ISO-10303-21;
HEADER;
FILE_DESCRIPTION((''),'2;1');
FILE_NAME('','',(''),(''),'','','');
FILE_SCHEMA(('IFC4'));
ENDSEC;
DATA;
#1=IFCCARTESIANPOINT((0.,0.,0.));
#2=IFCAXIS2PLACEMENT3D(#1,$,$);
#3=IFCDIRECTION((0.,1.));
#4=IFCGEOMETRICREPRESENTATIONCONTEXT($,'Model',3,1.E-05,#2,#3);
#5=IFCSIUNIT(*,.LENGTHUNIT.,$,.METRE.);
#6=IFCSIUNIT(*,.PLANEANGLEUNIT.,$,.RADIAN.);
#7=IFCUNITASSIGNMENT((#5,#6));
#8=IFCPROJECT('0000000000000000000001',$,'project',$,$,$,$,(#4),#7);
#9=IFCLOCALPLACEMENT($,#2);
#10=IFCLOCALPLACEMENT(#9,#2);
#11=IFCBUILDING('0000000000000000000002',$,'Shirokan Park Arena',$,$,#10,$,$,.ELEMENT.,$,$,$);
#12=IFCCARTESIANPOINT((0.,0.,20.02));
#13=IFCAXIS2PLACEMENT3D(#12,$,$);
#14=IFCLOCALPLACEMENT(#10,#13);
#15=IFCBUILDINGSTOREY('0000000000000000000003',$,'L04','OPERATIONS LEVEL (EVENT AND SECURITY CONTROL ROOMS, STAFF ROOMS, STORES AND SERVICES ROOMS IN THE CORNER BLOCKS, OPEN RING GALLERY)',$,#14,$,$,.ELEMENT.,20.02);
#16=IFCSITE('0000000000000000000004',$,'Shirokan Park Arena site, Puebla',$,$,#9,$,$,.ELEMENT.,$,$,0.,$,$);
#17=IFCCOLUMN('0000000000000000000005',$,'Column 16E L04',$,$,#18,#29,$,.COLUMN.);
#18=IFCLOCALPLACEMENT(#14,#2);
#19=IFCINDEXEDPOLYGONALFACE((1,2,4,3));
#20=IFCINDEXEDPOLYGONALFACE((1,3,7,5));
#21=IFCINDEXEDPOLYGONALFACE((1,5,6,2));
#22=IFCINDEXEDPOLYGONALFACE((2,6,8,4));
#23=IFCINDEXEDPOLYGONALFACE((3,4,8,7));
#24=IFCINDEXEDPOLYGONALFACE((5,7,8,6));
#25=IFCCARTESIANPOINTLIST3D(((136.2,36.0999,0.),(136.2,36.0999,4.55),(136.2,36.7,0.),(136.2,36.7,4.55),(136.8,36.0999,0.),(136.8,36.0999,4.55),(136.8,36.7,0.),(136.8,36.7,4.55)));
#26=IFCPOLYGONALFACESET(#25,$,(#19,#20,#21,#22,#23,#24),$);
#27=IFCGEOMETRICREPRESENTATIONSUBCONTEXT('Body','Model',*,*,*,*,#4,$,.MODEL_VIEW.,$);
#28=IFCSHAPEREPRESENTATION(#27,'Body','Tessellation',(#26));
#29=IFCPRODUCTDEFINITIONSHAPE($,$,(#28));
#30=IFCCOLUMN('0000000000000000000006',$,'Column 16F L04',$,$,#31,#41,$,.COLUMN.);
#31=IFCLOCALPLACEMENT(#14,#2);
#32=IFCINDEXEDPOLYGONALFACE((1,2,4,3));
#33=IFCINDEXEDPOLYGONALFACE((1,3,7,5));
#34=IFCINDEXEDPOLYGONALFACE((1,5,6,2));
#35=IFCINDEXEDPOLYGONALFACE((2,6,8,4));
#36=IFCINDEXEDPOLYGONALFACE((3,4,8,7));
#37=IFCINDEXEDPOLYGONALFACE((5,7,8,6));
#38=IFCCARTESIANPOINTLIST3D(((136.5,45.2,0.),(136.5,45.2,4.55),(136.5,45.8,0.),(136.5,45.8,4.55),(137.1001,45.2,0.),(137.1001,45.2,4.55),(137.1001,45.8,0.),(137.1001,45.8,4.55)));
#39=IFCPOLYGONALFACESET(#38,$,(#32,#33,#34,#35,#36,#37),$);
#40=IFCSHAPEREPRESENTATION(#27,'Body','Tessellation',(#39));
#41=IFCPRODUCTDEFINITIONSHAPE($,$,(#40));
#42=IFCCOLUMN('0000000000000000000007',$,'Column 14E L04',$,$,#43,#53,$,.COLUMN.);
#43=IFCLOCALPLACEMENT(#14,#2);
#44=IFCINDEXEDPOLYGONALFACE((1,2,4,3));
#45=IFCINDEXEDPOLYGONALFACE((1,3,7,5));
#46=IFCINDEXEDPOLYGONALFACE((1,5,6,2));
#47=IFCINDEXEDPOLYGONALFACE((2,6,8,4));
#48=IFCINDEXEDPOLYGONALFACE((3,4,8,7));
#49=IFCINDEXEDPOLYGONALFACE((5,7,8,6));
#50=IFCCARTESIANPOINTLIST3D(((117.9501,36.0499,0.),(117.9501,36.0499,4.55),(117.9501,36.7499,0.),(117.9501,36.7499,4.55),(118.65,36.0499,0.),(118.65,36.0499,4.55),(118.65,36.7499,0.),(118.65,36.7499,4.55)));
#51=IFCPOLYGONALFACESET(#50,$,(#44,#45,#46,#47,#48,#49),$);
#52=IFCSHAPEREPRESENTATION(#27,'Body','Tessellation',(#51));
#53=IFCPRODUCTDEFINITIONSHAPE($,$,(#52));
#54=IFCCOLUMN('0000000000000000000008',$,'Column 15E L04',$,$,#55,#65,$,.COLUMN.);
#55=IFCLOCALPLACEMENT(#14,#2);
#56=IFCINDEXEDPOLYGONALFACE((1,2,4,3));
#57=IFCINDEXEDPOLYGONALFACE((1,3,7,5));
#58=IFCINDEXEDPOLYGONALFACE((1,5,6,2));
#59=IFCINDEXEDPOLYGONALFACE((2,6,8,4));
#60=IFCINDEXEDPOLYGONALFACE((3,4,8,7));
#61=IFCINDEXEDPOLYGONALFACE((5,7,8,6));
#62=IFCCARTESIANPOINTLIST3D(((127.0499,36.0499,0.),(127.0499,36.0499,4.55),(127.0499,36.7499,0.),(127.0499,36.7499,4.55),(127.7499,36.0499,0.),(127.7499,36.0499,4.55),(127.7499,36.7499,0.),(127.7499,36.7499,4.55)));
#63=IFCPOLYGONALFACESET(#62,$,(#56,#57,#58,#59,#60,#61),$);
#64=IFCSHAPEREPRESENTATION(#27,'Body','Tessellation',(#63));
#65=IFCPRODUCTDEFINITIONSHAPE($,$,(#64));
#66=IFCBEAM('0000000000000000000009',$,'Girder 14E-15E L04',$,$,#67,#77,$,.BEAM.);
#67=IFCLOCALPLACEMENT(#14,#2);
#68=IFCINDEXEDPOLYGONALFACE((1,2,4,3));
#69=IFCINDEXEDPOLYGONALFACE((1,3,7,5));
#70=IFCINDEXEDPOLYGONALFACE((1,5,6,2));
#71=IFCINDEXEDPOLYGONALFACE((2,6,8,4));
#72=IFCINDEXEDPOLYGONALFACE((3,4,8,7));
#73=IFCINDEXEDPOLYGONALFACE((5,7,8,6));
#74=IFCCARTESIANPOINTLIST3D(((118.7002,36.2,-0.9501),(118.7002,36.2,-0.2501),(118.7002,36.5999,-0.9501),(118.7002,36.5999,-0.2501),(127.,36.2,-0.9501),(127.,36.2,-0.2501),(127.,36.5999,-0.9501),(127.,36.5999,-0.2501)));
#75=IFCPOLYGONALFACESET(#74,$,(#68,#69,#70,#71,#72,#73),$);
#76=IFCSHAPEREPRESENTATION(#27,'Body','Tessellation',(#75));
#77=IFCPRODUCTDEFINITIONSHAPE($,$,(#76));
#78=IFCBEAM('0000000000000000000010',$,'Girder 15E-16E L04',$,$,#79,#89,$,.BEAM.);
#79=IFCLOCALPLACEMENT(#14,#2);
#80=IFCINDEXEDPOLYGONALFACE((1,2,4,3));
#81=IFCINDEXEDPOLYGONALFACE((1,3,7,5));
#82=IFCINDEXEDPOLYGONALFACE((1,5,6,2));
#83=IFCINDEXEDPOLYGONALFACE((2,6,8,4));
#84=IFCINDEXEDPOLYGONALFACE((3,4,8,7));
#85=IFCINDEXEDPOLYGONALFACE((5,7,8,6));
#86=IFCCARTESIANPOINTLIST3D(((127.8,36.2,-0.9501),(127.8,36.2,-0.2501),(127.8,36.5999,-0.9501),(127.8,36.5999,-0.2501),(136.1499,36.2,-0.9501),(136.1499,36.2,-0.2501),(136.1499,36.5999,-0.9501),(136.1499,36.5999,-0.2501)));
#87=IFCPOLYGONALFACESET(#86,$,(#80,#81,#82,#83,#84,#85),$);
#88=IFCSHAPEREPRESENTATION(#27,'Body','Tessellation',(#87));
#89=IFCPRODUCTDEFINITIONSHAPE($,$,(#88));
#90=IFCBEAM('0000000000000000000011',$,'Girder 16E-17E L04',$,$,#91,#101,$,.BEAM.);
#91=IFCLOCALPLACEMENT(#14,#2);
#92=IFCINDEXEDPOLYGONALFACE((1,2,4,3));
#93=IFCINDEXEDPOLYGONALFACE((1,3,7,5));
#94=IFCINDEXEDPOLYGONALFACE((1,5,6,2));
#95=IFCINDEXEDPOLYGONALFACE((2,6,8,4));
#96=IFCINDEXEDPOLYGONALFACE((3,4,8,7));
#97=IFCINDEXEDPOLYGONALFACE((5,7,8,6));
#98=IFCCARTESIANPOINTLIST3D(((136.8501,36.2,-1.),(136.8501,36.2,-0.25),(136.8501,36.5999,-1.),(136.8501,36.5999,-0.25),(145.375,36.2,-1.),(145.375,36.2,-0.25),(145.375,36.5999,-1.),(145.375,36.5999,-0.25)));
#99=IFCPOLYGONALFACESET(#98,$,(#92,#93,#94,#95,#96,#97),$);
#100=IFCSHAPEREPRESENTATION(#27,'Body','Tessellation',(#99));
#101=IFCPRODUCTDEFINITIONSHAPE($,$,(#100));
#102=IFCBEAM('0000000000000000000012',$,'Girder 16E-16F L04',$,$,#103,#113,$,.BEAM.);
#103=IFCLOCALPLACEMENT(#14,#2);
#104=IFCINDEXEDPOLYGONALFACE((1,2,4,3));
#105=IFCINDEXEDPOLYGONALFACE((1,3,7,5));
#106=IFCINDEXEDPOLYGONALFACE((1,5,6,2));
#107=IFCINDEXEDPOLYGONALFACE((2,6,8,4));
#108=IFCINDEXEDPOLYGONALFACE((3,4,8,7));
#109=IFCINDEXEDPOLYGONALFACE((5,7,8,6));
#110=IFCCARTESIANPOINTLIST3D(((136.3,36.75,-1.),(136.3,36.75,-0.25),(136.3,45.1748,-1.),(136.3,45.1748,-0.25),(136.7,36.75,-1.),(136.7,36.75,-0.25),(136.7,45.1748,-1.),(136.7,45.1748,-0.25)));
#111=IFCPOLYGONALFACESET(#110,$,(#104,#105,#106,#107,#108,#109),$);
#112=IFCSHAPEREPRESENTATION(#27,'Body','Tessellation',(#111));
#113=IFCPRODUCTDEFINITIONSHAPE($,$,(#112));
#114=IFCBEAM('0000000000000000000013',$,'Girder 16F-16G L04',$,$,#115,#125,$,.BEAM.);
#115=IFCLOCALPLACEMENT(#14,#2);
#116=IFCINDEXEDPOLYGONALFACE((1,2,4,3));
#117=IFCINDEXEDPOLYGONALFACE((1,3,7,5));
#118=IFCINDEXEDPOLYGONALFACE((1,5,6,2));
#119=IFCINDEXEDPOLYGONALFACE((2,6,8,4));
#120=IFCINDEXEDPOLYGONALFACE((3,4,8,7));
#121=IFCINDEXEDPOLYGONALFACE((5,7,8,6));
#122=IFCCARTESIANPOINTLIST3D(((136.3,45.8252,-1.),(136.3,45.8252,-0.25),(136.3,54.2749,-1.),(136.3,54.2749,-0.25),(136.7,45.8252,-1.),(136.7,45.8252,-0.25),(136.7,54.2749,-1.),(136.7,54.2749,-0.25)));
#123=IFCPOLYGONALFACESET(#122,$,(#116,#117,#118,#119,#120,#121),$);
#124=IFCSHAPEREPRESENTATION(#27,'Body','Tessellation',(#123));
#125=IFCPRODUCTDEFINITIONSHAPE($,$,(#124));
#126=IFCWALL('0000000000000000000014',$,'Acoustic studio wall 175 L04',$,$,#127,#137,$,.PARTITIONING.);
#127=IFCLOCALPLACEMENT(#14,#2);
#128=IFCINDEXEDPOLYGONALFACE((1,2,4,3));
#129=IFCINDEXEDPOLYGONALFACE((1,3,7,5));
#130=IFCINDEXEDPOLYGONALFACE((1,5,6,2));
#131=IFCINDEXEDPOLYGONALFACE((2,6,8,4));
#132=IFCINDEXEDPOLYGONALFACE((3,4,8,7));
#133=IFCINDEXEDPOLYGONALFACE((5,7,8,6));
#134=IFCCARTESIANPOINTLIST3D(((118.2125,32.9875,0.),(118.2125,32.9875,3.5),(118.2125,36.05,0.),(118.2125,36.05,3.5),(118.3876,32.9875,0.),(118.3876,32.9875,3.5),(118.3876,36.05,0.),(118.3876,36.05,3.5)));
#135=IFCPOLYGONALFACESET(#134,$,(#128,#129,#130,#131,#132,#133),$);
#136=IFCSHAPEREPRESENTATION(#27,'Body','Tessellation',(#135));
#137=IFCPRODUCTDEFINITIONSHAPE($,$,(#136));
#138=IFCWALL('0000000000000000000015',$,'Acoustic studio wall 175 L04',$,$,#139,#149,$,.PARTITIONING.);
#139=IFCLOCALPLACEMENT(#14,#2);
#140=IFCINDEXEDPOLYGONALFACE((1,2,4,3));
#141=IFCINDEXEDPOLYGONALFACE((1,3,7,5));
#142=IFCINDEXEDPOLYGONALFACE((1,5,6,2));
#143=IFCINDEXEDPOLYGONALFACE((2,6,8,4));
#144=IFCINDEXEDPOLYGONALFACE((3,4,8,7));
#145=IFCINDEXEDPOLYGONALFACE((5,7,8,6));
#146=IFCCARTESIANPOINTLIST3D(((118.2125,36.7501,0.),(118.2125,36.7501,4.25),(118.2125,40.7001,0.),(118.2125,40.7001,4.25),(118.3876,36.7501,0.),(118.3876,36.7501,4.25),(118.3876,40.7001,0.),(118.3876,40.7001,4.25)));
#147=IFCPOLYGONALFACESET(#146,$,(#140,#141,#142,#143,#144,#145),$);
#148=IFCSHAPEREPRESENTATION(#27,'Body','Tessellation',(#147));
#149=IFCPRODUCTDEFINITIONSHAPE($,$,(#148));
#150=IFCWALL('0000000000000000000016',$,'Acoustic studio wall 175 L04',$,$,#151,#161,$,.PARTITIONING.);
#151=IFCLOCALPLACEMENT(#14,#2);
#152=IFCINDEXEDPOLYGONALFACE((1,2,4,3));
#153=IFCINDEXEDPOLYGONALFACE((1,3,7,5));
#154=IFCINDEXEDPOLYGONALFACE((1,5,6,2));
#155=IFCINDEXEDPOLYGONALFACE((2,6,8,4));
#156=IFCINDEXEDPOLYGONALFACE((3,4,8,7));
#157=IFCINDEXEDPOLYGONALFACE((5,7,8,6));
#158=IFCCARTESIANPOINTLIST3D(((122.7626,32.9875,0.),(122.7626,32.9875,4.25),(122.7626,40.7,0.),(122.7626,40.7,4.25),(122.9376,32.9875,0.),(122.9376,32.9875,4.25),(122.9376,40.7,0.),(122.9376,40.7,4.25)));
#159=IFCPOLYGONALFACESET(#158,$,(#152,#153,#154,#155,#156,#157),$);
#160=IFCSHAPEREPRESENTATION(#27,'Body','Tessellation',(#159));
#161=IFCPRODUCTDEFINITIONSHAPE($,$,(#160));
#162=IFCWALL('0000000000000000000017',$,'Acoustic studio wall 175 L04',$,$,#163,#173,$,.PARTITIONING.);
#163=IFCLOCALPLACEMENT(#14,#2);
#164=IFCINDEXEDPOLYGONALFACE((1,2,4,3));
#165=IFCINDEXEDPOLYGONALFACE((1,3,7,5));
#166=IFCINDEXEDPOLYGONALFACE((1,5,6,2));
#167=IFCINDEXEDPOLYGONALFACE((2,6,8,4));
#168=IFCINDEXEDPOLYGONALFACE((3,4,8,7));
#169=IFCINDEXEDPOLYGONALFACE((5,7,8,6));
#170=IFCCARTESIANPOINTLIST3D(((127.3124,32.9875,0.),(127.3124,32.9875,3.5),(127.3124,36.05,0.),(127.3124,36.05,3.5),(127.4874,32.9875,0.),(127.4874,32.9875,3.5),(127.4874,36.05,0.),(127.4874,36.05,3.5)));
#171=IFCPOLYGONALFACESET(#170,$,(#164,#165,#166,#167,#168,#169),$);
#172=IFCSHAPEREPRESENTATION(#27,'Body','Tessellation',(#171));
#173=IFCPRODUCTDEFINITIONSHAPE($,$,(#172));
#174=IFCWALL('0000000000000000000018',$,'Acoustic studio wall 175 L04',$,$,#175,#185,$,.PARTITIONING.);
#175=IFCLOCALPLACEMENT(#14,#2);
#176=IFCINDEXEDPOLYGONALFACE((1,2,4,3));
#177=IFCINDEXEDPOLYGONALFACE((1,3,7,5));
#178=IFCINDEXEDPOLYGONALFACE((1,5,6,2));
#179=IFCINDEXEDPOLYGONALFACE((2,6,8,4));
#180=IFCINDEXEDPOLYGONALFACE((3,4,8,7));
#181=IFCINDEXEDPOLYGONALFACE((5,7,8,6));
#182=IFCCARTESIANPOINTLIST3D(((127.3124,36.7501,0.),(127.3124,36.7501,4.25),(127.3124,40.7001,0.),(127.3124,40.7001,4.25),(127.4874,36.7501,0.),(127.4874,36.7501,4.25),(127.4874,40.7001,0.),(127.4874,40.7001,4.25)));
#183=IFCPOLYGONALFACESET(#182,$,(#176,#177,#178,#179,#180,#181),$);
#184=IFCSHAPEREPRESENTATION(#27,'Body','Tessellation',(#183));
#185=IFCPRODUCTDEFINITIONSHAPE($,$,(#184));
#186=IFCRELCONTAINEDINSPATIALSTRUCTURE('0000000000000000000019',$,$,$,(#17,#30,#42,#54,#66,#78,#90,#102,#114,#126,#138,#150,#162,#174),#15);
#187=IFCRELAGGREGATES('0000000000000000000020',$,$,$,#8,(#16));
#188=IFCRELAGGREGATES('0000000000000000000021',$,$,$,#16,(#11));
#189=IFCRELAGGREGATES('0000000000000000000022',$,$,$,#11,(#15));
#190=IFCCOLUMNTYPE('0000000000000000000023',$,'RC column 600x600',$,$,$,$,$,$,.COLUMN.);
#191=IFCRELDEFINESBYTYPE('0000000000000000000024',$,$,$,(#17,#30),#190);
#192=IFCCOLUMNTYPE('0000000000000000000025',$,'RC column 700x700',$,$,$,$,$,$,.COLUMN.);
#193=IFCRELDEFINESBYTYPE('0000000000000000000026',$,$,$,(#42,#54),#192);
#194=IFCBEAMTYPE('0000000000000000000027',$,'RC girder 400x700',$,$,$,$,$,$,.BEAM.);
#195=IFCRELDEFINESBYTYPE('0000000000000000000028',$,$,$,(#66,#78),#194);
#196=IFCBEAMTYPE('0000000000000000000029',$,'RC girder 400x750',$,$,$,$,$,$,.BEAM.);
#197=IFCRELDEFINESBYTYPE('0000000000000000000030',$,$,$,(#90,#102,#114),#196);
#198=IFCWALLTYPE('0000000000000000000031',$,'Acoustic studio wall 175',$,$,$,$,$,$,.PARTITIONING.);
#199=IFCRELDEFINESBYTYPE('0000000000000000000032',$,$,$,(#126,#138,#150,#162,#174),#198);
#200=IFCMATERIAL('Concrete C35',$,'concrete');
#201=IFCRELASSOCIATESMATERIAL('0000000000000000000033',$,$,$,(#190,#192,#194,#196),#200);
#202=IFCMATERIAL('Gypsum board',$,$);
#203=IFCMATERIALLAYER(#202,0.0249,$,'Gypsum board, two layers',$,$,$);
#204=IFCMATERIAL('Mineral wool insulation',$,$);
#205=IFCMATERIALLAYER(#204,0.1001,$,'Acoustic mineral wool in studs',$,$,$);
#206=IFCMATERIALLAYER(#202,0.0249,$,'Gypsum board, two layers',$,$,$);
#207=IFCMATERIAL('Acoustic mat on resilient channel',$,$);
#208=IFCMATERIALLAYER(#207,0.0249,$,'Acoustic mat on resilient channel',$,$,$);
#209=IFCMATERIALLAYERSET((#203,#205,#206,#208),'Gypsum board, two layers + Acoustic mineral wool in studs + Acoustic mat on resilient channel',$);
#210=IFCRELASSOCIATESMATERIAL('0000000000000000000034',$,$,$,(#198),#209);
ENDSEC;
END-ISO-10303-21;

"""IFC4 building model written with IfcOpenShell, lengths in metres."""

from ifc_helpers import new_model, si_unit, direction, frame, frame_2d, origin, origin_2d, place, context, subcontext, project, spatial, rectangle, extrude, material, layer, layer_set, material_profile, profile_set, type_object, element, save


model = new_model("IFC4")

# Units and contexts
model_context = context("Model", 3, precision=1e-05, world=origin(), true_north=direction((0.0, 1.0)))
body_context = subcontext(model_context, "Body", "Model", "MODEL_VIEW")
ifc_project = project(units=[si_unit("LENGTHUNIT", "METRE"), si_unit("PLANEANGLEUNIT", "RADIAN")], contexts=[model_context])

# Site, building, storey
site_placement = place(None, origin())
site = spatial("IfcSite", under=ifc_project, at=site_placement, Name="Shirokan Park Arena site, Puebla", CompositionType="ELEMENT", RefElevation=0.0)
building_placement = place(site_placement, origin())
building = spatial("IfcBuilding", under=site, at=building_placement, Name="Shirokan Park Arena", CompositionType="ELEMENT")
storey_placement = place(building_placement, frame((0.0, 0.0, 20.02)))
storey = spatial("IfcBuildingStorey", under=building, at=storey_placement, Name="L04", Description="OPERATIONS LEVEL (EVENT AND SECURITY CONTROL ROOMS, STAFF ROOMS, STORES AND SERVICES ROOMS IN THE CORNER BLOCKS, OPEN RING GALLERY)", CompositionType="ELEMENT", Elevation=20.02)

# Columns
ifc_material_1 = material(Name="Concrete C35", Category="concrete")
ifc_material_profile_1 = material_profile(ifc_material_1, rectangle(XDim=0.6001, YDim=0.6001, at=origin_2d()), Name="600x600")
ifc_profile_set_1 = profile_set([ifc_material_profile_1], Name="Concrete C35")
column_type_1 = type_object("IfcColumnType", Name="RC column 600x600", PredefinedType="COLUMN", material=ifc_profile_set_1)
for number, where, z_axis, x_axis, name in (
    (1, (136.5, 36.3999, 0.0), (0.0, 0.0, 1.0), (1.0, 0.0, 0.0), "Column 16E L04"),
    (2, (136.8, 45.5, 0.0), (0.0, 0.0, 1.0), (1.0, 0.0, 0.0), "Column 16F L04"),
):
    element("IfcColumn", number, at=place(storey_placement, frame(where, z_axis=z_axis, x_axis=x_axis)), inside=storey, type_object=column_type_1, Name=name, PredefinedType="COLUMN", context=body_context, shape_type="SweptSolid", body=[
        extrude(rectangle(XDim=0.6001, YDim=0.6001, at=origin_2d()), origin(), (0.0, 0.0, 1.0), 4.55),
    ])
ifc_material_profile_2 = material_profile(ifc_material_1, rectangle(XDim=0.7, YDim=0.7, at=origin_2d()), Name="700x700")
ifc_profile_set_2 = profile_set([ifc_material_profile_2], Name="Concrete C35")
column_type_2 = type_object("IfcColumnType", Name="RC column 700x700", PredefinedType="COLUMN", material=ifc_profile_set_2)
for number, where, z_axis, x_axis, name in (
    (3, (118.3, 36.3999, 0.0), (0.0, 0.0, 1.0), (1.0, 0.0, 0.0), "Column 14E L04"),
    (4, (127.3999, 36.3999, 0.0), (0.0, 0.0, 1.0), (1.0, 0.0, 0.0), "Column 15E L04"),
):
    element("IfcColumn", number, at=place(storey_placement, frame(where, z_axis=z_axis, x_axis=x_axis)), inside=storey, type_object=column_type_2, Name=name, PredefinedType="COLUMN", context=body_context, shape_type="SweptSolid", body=[
        extrude(rectangle(XDim=0.7, YDim=0.7, at=origin_2d()), origin(), (0.0, 0.0, 1.0), 4.55),
    ])

# Beams
ifc_material_profile_3 = material_profile(ifc_material_1, rectangle(XDim=0.3999, YDim=0.7, at=origin_2d()), Name="400x700")
ifc_profile_set_3 = profile_set([ifc_material_profile_3], Name="Concrete C35")
beam_type_1 = type_object("IfcBeamType", Name="RC girder 400x700", PredefinedType="BEAM", material=ifc_profile_set_3)
beam_1_placement = place(storey_placement, frame((118.7002, 36.3999, -0.6001), z_axis=(1.0, 0.0, 0.0), x_axis=(0.0, 1.0, 0.0)))
element("IfcBeam", 5, at=beam_1_placement, inside=storey, type_object=beam_type_1, Name="Girder 14E-15E L04", PredefinedType="BEAM", context=body_context, shape_type="SweptSolid", body=[
    extrude(rectangle(XDim=0.3999, YDim=0.7, at=origin_2d()), origin(), (0.0, 0.0, 1.0), 8.2998),
])
beam_2_placement = place(storey_placement, frame((127.8, 36.3999, -0.6001), z_axis=(1.0, 0.0, 0.0), x_axis=(0.0, 1.0, 0.0)))
element("IfcBeam", 6, at=beam_2_placement, inside=storey, type_object=beam_type_1, Name="Girder 15E-16E L04", PredefinedType="BEAM", context=body_context, shape_type="SweptSolid", body=[
    extrude(rectangle(XDim=0.3999, YDim=0.7, at=origin_2d()), origin(), (0.0, 0.0, 1.0), 8.3499),
])
ifc_material_profile_4 = material_profile(ifc_material_1, rectangle(XDim=0.3999, YDim=0.75, at=origin_2d()), Name="400x750")
ifc_profile_set_4 = profile_set([ifc_material_profile_4], Name="Concrete C35")
beam_type_2 = type_object("IfcBeamType", Name="RC girder 400x750", PredefinedType="BEAM", material=ifc_profile_set_4)
beam_3_placement = place(storey_placement, frame((136.8501, 36.3999, -0.625), z_axis=(1.0, 0.0, 0.0), x_axis=(0.0, 1.0, 0.0)))
element("IfcBeam", 7, at=beam_3_placement, inside=storey, type_object=beam_type_2, Name="Girder 16E-17E L04", PredefinedType="BEAM", context=body_context, shape_type="SweptSolid", body=[
    extrude(rectangle(XDim=0.3999, YDim=0.75, at=origin_2d()), origin(), (0.0, 0.0, 1.0), 8.5249),
])
beam_4_placement = place(storey_placement, frame((136.5, 36.75, -0.625), z_axis=(0.0, 1.0, 0.0), x_axis=(-1.0, 0.0, 0.0)))
element("IfcBeam", 8, at=beam_4_placement, inside=storey, type_object=beam_type_2, Name="Girder 16E-16F L04", PredefinedType="BEAM", context=body_context, shape_type="SweptSolid", body=[
    extrude(rectangle(XDim=0.3999, YDim=0.75, at=origin_2d()), origin(), (0.0, 0.0, 1.0), 8.4248),
])
beam_5_placement = place(storey_placement, frame((136.5, 45.8252, -0.625), z_axis=(0.0, 1.0, 0.0), x_axis=(-1.0, 0.0, 0.0)))
element("IfcBeam", 9, at=beam_5_placement, inside=storey, type_object=beam_type_2, Name="Girder 16F-16G L04", PredefinedType="BEAM", context=body_context, shape_type="SweptSolid", body=[
    extrude(rectangle(XDim=0.3999, YDim=0.75, at=origin_2d()), origin(), (0.0, 0.0, 1.0), 8.4497),
])

# Walls
ifc_material_2 = material(Name="Gypsum board")
ifc_layer_1 = layer(ifc_material_2, 0.0249, Name="Gypsum board, two layers")
ifc_material_3 = material(Name="Mineral wool insulation")
ifc_layer_2 = layer(ifc_material_3, 0.1001, Name="Acoustic mineral wool in studs")
ifc_layer_3 = layer(ifc_material_2, 0.0249, Name="Gypsum board, two layers")
ifc_material_4 = material(Name="Acoustic mat on resilient channel")
ifc_layer_4 = layer(ifc_material_4, 0.0249, Name="Acoustic mat on resilient channel")
ifc_layer_set_1 = layer_set([ifc_layer_1, ifc_layer_2, ifc_layer_3, ifc_layer_4], Name="Gypsum board, two layers + Acoustic mineral wool in studs + Acoustic mat on resilient channel")
wall_type_1 = type_object("IfcWallType", Name="Acoustic studio wall 175", PredefinedType="PARTITIONING", material=ifc_layer_set_1)
wall_1_placement = place(storey_placement, frame((118.3, 32.9875, 0.0), z_axis=(0.0, 0.0, 1.0), x_axis=(0.0, 1.0, 0.0)))
element("IfcWall", 10, at=wall_1_placement, inside=storey, type_object=wall_type_1, Name="Acoustic studio wall 175 L04", PredefinedType="PARTITIONING", context=body_context, shape_type="SweptSolid", body=[
    extrude(rectangle(XDim=3.0625, YDim=0.175, at=frame_2d((1.5312, 0.0))), origin(), (0.0, 0.0, 1.0), 3.5),
])
wall_2_placement = place(storey_placement, frame((118.3, 36.75, 0.0), z_axis=(0.0, 0.0, 1.0), x_axis=(0.0, 1.0, 0.0)))
element("IfcWall", 11, at=wall_2_placement, inside=storey, type_object=wall_type_1, Name="Acoustic studio wall 175 L04", PredefinedType="PARTITIONING", context=body_context, shape_type="SweptSolid", body=[
    extrude(rectangle(XDim=3.95, YDim=0.175, at=frame_2d((1.9751, 0.0))), origin(), (0.0, 0.0, 1.0), 4.25),
])
wall_3_placement = place(storey_placement, frame((122.8501, 32.9875, 0.0), z_axis=(0.0, 0.0, 1.0), x_axis=(0.0, 1.0, 0.0)))
element("IfcWall", 12, at=wall_3_placement, inside=storey, type_object=wall_type_1, Name="Acoustic studio wall 175 L04", PredefinedType="PARTITIONING", context=body_context, shape_type="SweptSolid", body=[
    extrude(rectangle(XDim=7.7124, YDim=0.175, at=frame_2d((3.8562, 0.0))), origin(), (0.0, 0.0, 1.0), 4.25),
])
wall_4_placement = place(storey_placement, frame((127.3999, 32.9875, 0.0), z_axis=(0.0, 0.0, 1.0), x_axis=(0.0, 1.0, 0.0)))
element("IfcWall", 13, at=wall_4_placement, inside=storey, type_object=wall_type_1, Name="Acoustic studio wall 175 L04", PredefinedType="PARTITIONING", context=body_context, shape_type="SweptSolid", body=[
    extrude(rectangle(XDim=3.0625, YDim=0.175, at=frame_2d((1.5312, 0.0))), origin(), (0.0, 0.0, 1.0), 3.5),
])
wall_5_placement = place(storey_placement, frame((127.3999, 36.75, 0.0), z_axis=(0.0, 0.0, 1.0), x_axis=(0.0, 1.0, 0.0)))
element("IfcWall", 14, at=wall_5_placement, inside=storey, type_object=wall_type_1, Name="Acoustic studio wall 175 L04", PredefinedType="PARTITIONING", context=body_context, shape_type="SweptSolid", body=[
    extrude(rectangle(XDim=3.95, YDim=0.175, at=frame_2d((1.9751, 0.0))), origin(), (0.0, 0.0, 1.0), 4.25),
])

save(model, "model.ifc")
